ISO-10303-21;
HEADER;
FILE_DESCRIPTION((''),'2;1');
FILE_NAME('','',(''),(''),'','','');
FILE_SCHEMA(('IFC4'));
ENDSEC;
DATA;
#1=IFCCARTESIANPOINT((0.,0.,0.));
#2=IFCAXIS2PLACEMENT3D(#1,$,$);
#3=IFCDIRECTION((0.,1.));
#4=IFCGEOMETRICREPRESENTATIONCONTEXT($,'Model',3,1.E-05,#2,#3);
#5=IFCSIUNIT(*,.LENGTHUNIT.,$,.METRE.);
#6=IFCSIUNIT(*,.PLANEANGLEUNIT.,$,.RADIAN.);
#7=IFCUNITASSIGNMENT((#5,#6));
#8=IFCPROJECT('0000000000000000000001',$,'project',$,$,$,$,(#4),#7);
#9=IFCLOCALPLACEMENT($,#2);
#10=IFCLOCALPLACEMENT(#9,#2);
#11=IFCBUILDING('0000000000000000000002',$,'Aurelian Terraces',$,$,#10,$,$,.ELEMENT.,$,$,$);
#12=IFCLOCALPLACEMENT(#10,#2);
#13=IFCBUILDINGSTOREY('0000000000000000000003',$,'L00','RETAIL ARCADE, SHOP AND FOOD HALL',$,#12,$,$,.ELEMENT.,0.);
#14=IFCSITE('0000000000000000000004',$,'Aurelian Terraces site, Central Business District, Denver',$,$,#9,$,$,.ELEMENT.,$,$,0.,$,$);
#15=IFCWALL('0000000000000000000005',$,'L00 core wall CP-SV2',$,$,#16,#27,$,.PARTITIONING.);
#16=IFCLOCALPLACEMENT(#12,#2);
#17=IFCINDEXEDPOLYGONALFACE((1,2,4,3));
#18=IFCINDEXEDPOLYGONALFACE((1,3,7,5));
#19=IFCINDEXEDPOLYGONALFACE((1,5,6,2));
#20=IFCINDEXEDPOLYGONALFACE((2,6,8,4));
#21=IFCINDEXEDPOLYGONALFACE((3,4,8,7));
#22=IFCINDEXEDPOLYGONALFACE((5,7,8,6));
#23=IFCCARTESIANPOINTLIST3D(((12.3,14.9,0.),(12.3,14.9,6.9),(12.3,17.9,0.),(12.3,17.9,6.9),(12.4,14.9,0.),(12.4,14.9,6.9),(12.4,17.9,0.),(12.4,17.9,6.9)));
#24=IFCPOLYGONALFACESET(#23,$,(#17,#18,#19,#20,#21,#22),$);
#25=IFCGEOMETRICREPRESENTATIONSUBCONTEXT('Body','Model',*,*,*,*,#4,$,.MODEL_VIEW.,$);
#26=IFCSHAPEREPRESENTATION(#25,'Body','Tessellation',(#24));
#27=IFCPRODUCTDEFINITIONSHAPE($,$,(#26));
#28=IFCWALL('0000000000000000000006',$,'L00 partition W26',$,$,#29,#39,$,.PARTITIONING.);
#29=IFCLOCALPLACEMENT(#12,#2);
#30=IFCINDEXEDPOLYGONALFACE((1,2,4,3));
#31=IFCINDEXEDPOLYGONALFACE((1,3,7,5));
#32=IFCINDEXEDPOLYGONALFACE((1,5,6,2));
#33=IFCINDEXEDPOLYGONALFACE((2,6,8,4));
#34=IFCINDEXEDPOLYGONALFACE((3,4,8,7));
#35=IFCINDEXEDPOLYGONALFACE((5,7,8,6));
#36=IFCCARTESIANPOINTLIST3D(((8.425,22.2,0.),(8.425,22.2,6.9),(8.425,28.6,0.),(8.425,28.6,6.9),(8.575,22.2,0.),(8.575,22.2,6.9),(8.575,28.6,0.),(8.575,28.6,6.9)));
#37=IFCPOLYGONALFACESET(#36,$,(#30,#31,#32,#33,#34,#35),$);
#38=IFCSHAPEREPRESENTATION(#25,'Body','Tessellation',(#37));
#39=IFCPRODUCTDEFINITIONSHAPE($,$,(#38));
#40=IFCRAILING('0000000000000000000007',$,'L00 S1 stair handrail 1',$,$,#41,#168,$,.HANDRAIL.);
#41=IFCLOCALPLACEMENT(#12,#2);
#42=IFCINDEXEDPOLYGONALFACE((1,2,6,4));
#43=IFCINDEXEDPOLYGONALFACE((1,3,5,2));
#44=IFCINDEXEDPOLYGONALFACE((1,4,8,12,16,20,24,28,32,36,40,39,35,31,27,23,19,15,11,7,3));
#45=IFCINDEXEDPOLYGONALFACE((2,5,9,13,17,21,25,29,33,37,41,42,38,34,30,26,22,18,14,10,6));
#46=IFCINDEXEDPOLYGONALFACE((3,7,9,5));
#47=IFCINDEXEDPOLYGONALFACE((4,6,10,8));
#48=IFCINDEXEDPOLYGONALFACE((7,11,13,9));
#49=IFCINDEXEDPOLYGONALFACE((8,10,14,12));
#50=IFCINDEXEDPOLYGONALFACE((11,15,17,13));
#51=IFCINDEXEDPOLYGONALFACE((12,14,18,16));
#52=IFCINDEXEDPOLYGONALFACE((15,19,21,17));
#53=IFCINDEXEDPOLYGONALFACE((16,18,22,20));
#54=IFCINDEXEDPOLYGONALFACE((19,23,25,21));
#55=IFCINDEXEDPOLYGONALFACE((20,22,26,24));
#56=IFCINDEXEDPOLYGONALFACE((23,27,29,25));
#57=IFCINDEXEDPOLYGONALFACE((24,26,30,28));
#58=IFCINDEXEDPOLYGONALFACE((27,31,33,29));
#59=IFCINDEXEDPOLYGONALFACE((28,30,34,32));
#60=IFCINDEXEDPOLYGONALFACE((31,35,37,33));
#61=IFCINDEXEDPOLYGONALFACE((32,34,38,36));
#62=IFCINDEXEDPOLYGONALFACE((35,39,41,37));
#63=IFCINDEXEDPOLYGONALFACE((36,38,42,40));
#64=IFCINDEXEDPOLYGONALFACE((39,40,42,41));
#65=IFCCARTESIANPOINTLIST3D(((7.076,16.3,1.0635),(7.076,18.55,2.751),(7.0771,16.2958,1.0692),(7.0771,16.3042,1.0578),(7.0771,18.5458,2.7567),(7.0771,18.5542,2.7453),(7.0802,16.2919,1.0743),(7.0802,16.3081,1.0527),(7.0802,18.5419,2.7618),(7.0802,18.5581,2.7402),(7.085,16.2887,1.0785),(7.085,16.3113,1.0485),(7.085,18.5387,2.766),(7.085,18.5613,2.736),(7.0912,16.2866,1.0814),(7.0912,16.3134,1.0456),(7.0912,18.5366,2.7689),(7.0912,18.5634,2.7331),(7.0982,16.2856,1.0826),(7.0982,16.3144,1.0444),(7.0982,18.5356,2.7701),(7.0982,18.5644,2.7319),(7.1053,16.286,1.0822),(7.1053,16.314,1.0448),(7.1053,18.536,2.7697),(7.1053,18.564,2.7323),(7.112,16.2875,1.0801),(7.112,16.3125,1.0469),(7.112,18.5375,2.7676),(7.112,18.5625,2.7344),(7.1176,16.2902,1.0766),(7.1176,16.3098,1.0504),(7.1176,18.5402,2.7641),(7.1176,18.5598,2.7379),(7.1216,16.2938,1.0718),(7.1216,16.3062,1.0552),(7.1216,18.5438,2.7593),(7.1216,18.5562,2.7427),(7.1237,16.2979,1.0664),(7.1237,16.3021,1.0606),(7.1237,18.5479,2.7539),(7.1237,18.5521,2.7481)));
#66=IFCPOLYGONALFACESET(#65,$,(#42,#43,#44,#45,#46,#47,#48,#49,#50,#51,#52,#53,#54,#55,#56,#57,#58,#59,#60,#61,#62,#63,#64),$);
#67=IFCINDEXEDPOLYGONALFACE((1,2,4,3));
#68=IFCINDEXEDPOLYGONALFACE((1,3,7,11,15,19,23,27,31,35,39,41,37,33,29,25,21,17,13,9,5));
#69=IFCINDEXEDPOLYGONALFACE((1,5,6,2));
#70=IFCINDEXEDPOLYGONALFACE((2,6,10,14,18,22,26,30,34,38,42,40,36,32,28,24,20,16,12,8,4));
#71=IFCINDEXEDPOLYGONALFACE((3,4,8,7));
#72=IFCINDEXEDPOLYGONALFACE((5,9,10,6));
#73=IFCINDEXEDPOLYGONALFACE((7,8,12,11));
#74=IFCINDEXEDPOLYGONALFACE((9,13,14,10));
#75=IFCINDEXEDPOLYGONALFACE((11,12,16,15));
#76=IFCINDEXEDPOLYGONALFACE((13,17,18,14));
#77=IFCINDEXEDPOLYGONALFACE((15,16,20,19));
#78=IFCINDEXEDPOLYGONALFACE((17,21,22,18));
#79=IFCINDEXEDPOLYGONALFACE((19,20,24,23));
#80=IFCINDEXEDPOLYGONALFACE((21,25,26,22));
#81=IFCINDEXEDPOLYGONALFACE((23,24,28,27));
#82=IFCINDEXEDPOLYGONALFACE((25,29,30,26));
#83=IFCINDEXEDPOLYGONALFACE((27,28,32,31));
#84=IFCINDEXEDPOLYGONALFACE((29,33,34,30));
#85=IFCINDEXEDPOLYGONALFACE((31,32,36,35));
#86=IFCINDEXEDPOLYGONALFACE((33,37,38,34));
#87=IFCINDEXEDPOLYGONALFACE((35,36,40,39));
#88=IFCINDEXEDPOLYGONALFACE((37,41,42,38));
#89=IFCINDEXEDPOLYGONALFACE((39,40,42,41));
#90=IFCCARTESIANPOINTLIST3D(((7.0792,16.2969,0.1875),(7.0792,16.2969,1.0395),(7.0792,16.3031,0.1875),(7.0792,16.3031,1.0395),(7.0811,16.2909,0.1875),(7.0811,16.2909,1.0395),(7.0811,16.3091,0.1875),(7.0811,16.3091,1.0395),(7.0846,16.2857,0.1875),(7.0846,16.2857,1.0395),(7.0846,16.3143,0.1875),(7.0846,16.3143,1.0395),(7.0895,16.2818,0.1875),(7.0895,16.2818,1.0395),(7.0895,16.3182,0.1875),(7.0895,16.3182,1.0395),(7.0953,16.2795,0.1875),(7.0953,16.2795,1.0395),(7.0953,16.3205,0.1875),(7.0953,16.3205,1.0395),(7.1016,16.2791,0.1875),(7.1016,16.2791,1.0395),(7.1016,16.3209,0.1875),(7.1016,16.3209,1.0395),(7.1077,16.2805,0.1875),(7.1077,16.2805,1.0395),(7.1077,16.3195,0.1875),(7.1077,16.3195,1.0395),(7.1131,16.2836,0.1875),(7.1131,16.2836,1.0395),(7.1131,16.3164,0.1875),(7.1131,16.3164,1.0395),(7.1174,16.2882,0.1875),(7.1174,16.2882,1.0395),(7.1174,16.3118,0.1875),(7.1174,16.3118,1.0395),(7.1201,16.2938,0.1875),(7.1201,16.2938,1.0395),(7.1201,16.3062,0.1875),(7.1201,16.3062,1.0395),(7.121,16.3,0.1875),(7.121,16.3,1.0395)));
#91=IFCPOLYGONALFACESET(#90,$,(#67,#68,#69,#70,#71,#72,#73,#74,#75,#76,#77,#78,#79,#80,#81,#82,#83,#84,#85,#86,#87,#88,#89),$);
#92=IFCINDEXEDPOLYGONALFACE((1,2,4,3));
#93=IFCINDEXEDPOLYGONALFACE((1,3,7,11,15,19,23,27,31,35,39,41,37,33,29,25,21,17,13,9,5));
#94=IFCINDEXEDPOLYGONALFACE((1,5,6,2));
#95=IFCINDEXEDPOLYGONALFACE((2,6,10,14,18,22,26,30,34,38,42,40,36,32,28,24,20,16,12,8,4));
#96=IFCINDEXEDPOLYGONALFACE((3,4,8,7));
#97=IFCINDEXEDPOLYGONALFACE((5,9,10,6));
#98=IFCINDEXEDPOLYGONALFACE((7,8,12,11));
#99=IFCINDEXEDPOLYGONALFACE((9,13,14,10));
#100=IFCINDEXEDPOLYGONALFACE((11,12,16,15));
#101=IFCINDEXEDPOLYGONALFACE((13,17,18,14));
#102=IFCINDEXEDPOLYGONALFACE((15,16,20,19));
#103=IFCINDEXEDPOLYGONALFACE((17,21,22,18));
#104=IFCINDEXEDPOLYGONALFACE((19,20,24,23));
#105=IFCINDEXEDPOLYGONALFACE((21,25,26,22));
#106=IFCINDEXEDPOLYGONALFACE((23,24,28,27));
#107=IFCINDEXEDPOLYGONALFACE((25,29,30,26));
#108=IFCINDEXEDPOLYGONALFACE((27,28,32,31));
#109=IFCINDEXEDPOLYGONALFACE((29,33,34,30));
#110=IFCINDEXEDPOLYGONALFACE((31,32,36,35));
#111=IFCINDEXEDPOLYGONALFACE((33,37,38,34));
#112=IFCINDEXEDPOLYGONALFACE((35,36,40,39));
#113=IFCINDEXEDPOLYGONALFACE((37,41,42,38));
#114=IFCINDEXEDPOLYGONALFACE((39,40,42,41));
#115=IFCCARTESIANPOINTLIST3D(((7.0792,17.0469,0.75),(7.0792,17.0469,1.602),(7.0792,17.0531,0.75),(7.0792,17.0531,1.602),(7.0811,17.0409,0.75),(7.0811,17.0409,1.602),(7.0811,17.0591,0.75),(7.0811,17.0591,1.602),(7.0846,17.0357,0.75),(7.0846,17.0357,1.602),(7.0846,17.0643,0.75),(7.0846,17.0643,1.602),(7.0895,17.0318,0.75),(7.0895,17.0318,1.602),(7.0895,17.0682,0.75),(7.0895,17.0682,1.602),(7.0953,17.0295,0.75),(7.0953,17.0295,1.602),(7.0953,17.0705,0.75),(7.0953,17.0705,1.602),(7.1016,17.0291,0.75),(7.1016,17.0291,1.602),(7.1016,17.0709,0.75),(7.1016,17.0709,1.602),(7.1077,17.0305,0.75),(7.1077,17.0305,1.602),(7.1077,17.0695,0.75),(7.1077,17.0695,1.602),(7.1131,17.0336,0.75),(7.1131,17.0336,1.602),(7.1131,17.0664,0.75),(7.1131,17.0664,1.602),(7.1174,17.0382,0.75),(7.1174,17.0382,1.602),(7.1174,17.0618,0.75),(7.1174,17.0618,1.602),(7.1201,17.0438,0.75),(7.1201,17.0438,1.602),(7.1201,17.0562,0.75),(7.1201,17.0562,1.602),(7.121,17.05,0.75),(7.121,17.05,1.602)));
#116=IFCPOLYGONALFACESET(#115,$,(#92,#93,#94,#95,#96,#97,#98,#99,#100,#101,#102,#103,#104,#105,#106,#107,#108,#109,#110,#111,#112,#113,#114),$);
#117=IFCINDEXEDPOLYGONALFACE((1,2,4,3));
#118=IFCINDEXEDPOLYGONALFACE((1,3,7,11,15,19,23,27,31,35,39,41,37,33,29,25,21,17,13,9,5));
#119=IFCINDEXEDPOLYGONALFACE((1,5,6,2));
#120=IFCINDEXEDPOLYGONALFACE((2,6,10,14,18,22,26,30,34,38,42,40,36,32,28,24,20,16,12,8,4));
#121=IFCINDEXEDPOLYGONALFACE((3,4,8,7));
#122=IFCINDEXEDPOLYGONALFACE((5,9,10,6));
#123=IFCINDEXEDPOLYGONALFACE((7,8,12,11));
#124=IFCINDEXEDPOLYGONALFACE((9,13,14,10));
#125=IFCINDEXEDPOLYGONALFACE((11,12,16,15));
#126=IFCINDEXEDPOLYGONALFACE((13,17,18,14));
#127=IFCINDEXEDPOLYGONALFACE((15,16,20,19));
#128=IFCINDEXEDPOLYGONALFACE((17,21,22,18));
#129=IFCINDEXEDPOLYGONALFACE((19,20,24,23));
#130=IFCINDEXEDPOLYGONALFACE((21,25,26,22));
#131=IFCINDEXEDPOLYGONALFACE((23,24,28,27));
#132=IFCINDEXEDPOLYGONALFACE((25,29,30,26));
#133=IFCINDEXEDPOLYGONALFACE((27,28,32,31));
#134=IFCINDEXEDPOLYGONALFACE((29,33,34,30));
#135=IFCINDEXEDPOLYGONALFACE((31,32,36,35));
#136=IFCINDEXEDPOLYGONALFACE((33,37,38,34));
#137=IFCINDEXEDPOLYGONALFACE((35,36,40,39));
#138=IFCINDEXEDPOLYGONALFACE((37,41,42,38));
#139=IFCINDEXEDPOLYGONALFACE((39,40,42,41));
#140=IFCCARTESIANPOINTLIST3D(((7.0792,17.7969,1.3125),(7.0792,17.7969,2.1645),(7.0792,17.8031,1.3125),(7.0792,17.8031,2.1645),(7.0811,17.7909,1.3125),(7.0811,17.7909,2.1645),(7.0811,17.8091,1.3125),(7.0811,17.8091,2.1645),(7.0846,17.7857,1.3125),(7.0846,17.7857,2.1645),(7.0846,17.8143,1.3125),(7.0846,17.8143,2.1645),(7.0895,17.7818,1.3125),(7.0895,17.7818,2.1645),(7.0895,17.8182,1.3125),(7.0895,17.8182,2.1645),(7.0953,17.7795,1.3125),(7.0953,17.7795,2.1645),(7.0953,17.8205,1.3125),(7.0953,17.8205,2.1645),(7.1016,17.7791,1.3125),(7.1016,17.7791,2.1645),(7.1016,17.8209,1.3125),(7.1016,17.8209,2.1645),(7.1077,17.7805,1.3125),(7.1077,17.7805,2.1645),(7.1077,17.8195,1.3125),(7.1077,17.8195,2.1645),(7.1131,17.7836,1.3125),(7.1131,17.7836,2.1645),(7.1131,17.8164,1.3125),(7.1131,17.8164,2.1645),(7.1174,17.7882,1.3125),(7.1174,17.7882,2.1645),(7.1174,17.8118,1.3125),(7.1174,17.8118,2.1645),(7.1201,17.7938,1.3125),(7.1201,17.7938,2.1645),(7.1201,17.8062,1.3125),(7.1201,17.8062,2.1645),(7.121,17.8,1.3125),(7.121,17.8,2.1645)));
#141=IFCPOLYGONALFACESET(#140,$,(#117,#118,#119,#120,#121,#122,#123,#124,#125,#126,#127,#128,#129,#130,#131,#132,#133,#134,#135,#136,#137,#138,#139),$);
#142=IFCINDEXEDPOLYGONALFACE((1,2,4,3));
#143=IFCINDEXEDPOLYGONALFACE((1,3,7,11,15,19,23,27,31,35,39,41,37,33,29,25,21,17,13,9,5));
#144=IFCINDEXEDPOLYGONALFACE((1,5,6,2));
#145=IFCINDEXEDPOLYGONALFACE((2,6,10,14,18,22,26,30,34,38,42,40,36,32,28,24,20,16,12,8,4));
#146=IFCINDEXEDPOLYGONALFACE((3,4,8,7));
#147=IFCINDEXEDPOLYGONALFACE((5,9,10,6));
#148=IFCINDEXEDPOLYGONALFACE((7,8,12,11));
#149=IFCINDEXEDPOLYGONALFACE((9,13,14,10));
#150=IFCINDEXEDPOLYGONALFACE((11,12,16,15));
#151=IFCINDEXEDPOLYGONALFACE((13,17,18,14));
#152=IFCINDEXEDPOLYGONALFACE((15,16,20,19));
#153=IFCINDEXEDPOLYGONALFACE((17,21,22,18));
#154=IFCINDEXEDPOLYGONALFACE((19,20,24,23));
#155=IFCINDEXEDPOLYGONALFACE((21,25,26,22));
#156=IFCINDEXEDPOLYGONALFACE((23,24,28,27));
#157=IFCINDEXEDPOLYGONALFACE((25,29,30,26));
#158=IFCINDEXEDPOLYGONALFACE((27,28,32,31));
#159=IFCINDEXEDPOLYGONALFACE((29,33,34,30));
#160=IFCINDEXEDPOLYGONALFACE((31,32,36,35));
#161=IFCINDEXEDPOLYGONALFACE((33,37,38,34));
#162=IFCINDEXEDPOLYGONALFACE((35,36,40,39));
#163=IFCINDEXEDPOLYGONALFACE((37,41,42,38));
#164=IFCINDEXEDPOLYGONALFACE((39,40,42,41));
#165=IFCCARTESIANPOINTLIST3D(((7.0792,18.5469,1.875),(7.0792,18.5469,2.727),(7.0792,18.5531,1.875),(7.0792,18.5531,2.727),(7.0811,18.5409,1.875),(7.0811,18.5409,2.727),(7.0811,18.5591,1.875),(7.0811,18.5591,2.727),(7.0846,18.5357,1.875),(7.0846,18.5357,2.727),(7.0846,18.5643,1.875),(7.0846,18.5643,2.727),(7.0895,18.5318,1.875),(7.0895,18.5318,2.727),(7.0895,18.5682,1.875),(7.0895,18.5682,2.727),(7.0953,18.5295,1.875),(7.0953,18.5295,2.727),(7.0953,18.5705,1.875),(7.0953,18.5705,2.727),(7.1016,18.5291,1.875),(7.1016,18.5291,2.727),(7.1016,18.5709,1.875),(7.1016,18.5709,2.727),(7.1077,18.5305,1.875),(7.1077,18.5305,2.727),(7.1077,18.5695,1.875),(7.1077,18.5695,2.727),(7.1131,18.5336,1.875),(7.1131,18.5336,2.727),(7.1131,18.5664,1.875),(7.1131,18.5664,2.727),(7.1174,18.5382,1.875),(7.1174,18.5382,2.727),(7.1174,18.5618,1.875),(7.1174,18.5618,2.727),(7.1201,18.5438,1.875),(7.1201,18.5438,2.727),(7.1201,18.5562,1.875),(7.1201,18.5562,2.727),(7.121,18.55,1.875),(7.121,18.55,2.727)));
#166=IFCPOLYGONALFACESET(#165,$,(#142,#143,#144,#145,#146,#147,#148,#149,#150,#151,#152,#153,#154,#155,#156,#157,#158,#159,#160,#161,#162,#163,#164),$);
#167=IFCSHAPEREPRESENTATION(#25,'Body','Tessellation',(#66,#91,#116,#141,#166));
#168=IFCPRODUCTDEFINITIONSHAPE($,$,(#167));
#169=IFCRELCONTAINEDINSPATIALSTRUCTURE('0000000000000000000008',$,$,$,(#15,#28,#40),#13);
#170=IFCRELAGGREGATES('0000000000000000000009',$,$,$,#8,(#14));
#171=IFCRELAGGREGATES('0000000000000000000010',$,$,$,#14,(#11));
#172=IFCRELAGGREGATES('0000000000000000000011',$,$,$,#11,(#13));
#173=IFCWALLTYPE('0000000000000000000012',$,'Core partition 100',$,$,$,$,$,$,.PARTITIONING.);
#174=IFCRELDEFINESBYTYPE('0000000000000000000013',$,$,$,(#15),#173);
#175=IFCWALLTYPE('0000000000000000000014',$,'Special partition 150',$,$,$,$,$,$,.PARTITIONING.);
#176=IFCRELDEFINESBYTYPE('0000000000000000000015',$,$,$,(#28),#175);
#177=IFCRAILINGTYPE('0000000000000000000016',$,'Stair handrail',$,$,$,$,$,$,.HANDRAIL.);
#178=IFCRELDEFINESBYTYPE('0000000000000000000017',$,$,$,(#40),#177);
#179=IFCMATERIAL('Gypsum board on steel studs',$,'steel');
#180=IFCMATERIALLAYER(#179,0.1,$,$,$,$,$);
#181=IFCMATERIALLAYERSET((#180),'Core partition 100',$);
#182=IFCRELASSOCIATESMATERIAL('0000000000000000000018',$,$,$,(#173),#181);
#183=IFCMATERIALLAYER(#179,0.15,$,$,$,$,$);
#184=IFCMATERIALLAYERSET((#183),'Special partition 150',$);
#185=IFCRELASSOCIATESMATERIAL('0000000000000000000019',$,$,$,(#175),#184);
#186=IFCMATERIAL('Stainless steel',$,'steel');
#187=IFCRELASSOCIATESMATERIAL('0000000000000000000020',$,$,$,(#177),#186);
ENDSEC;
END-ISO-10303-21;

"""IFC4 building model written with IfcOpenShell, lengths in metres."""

from ifc_helpers import new_model, si_unit, direction, frame, frame_2d, origin, origin_2d, place, context, subcontext, project, spatial, rectangle, circle, extrude, source, transform, mapped, material, layer, layer_set, type_object, element, save


model = new_model("IFC4")

# Units and contexts
model_context = context("Model", 3, precision=1e-05, world=origin(), true_north=direction((0.0, 1.0)))
body_context = subcontext(model_context, "Body", "Model", "MODEL_VIEW")
ifc_project = project(units=[si_unit("LENGTHUNIT", "METRE"), si_unit("PLANEANGLEUNIT", "RADIAN")], contexts=[model_context])

# Site, building, storey
site_placement = place(None, origin())
site = spatial("IfcSite", under=ifc_project, at=site_placement, Name="Aurelian Terraces site, Central Business District, Denver", CompositionType="ELEMENT", RefElevation=0.0)
building_placement = place(site_placement, origin())
building = spatial("IfcBuilding", under=site, at=building_placement, Name="Aurelian Terraces", CompositionType="ELEMENT")
storey_placement = place(building_placement, origin())
storey = spatial("IfcBuildingStorey", under=building, at=storey_placement, Name="L00", Description="RETAIL ARCADE, SHOP AND FOOD HALL", CompositionType="ELEMENT", Elevation=0.0)

# Shared definitions
ifc_material_1 = material(Name="Gypsum board on steel studs", Category="steel")
ifc_layer_1 = layer(ifc_material_1, 0.1)
ifc_layer_set_1 = layer_set([ifc_layer_1], Name="Core partition 100")
wall_type_1 = type_object("IfcWallType", Name="Core partition 100", PredefinedType="PARTITIONING", material=ifc_layer_set_1)

# Shared definitions
ifc_layer_2 = layer(ifc_material_1, 0.15)
ifc_layer_set_2 = layer_set([ifc_layer_2], Name="Special partition 150")
wall_type_2 = type_object("IfcWallType", Name="Special partition 150", PredefinedType="PARTITIONING", material=ifc_layer_set_2)

# Walls
shared_shape_1 = source(origin(), body_context, "Body", "SweptSolid", [
    extrude(rectangle(XDim=3.0, YDim=0.1, at=frame_2d((1.5, 0.0))), origin(), (0.0, 0.0, 1.0), 6.9),
])
wall_1_placement = place(storey_placement, frame((12.35, 14.9, 0.0), z_axis=(0.0, 0.0, 1.0), x_axis=(0.0, 1.0, 0.0)))
element("IfcWall", 1, at=wall_1_placement, inside=storey, type_object=wall_type_1, Name="L00 core wall CP-SV2", PredefinedType="PARTITIONING", context=body_context, shape_type="MappedRepresentation", body=[
    mapped(shared_shape_1, transform((0.0, 0.0, 0.0), scale=1.0)),
])
shared_shape_2 = source(origin(), body_context, "Body", "SweptSolid", [
    extrude(rectangle(XDim=6.4, YDim=0.15, at=frame_2d((3.2, 0.0))), origin(), (0.0, 0.0, 1.0), 6.9),
])
wall_2_placement = place(storey_placement, frame((8.5, 22.2, 0.0), z_axis=(0.0, 0.0, 1.0), x_axis=(0.0, 1.0, 0.0)))
element("IfcWall", 2, at=wall_2_placement, inside=storey, type_object=wall_type_2, Name="L00 partition W26", PredefinedType="PARTITIONING", context=body_context, shape_type="MappedRepresentation", body=[
    mapped(shared_shape_2, transform((0.0, 0.0, 0.0), scale=1.0)),
])

# Railing
ifc_material_2 = material(Name="Stainless steel", Category="steel")
railing_type = type_object("IfcRailingType", Name="Stair handrail", PredefinedType="HANDRAIL", material=ifc_material_2)
railing_1_placement = place(storey_placement, frame((7.1, 16.3, 0.1875)))
element("IfcRailing", 3, at=railing_1_placement, inside=storey, type_object=railing_type, Name="L00 S1 stair handrail 1", PredefinedType="HANDRAIL", context=body_context, shape_type="SweptSolid", body=[
    extrude(circle(Radius=0.024, at=origin_2d()), frame((0.0, 0.0, 0.876), z_axis=(0.0, 0.8, 0.6), x_axis=(-1.0, 0.0, 0.0)), (0.0, 0.0, 1.0), 2.8125),
    extrude(circle(Radius=0.021, at=origin_2d()), origin(), (0.0, 0.0, 1.0), 0.852),
    extrude(circle(Radius=0.021, at=origin_2d()), frame((0.0, 0.75, 0.5625)), (0.0, 0.0, 1.0), 0.852),
    extrude(circle(Radius=0.021, at=origin_2d()), frame((0.0, 1.5, 1.125)), (0.0, 0.0, 1.0), 0.852),
    extrude(circle(Radius=0.021, at=origin_2d()), frame((0.0, 2.25, 1.6875)), (0.0, 0.0, 1.0), 0.852),
])

save(model, "model.ifc")
